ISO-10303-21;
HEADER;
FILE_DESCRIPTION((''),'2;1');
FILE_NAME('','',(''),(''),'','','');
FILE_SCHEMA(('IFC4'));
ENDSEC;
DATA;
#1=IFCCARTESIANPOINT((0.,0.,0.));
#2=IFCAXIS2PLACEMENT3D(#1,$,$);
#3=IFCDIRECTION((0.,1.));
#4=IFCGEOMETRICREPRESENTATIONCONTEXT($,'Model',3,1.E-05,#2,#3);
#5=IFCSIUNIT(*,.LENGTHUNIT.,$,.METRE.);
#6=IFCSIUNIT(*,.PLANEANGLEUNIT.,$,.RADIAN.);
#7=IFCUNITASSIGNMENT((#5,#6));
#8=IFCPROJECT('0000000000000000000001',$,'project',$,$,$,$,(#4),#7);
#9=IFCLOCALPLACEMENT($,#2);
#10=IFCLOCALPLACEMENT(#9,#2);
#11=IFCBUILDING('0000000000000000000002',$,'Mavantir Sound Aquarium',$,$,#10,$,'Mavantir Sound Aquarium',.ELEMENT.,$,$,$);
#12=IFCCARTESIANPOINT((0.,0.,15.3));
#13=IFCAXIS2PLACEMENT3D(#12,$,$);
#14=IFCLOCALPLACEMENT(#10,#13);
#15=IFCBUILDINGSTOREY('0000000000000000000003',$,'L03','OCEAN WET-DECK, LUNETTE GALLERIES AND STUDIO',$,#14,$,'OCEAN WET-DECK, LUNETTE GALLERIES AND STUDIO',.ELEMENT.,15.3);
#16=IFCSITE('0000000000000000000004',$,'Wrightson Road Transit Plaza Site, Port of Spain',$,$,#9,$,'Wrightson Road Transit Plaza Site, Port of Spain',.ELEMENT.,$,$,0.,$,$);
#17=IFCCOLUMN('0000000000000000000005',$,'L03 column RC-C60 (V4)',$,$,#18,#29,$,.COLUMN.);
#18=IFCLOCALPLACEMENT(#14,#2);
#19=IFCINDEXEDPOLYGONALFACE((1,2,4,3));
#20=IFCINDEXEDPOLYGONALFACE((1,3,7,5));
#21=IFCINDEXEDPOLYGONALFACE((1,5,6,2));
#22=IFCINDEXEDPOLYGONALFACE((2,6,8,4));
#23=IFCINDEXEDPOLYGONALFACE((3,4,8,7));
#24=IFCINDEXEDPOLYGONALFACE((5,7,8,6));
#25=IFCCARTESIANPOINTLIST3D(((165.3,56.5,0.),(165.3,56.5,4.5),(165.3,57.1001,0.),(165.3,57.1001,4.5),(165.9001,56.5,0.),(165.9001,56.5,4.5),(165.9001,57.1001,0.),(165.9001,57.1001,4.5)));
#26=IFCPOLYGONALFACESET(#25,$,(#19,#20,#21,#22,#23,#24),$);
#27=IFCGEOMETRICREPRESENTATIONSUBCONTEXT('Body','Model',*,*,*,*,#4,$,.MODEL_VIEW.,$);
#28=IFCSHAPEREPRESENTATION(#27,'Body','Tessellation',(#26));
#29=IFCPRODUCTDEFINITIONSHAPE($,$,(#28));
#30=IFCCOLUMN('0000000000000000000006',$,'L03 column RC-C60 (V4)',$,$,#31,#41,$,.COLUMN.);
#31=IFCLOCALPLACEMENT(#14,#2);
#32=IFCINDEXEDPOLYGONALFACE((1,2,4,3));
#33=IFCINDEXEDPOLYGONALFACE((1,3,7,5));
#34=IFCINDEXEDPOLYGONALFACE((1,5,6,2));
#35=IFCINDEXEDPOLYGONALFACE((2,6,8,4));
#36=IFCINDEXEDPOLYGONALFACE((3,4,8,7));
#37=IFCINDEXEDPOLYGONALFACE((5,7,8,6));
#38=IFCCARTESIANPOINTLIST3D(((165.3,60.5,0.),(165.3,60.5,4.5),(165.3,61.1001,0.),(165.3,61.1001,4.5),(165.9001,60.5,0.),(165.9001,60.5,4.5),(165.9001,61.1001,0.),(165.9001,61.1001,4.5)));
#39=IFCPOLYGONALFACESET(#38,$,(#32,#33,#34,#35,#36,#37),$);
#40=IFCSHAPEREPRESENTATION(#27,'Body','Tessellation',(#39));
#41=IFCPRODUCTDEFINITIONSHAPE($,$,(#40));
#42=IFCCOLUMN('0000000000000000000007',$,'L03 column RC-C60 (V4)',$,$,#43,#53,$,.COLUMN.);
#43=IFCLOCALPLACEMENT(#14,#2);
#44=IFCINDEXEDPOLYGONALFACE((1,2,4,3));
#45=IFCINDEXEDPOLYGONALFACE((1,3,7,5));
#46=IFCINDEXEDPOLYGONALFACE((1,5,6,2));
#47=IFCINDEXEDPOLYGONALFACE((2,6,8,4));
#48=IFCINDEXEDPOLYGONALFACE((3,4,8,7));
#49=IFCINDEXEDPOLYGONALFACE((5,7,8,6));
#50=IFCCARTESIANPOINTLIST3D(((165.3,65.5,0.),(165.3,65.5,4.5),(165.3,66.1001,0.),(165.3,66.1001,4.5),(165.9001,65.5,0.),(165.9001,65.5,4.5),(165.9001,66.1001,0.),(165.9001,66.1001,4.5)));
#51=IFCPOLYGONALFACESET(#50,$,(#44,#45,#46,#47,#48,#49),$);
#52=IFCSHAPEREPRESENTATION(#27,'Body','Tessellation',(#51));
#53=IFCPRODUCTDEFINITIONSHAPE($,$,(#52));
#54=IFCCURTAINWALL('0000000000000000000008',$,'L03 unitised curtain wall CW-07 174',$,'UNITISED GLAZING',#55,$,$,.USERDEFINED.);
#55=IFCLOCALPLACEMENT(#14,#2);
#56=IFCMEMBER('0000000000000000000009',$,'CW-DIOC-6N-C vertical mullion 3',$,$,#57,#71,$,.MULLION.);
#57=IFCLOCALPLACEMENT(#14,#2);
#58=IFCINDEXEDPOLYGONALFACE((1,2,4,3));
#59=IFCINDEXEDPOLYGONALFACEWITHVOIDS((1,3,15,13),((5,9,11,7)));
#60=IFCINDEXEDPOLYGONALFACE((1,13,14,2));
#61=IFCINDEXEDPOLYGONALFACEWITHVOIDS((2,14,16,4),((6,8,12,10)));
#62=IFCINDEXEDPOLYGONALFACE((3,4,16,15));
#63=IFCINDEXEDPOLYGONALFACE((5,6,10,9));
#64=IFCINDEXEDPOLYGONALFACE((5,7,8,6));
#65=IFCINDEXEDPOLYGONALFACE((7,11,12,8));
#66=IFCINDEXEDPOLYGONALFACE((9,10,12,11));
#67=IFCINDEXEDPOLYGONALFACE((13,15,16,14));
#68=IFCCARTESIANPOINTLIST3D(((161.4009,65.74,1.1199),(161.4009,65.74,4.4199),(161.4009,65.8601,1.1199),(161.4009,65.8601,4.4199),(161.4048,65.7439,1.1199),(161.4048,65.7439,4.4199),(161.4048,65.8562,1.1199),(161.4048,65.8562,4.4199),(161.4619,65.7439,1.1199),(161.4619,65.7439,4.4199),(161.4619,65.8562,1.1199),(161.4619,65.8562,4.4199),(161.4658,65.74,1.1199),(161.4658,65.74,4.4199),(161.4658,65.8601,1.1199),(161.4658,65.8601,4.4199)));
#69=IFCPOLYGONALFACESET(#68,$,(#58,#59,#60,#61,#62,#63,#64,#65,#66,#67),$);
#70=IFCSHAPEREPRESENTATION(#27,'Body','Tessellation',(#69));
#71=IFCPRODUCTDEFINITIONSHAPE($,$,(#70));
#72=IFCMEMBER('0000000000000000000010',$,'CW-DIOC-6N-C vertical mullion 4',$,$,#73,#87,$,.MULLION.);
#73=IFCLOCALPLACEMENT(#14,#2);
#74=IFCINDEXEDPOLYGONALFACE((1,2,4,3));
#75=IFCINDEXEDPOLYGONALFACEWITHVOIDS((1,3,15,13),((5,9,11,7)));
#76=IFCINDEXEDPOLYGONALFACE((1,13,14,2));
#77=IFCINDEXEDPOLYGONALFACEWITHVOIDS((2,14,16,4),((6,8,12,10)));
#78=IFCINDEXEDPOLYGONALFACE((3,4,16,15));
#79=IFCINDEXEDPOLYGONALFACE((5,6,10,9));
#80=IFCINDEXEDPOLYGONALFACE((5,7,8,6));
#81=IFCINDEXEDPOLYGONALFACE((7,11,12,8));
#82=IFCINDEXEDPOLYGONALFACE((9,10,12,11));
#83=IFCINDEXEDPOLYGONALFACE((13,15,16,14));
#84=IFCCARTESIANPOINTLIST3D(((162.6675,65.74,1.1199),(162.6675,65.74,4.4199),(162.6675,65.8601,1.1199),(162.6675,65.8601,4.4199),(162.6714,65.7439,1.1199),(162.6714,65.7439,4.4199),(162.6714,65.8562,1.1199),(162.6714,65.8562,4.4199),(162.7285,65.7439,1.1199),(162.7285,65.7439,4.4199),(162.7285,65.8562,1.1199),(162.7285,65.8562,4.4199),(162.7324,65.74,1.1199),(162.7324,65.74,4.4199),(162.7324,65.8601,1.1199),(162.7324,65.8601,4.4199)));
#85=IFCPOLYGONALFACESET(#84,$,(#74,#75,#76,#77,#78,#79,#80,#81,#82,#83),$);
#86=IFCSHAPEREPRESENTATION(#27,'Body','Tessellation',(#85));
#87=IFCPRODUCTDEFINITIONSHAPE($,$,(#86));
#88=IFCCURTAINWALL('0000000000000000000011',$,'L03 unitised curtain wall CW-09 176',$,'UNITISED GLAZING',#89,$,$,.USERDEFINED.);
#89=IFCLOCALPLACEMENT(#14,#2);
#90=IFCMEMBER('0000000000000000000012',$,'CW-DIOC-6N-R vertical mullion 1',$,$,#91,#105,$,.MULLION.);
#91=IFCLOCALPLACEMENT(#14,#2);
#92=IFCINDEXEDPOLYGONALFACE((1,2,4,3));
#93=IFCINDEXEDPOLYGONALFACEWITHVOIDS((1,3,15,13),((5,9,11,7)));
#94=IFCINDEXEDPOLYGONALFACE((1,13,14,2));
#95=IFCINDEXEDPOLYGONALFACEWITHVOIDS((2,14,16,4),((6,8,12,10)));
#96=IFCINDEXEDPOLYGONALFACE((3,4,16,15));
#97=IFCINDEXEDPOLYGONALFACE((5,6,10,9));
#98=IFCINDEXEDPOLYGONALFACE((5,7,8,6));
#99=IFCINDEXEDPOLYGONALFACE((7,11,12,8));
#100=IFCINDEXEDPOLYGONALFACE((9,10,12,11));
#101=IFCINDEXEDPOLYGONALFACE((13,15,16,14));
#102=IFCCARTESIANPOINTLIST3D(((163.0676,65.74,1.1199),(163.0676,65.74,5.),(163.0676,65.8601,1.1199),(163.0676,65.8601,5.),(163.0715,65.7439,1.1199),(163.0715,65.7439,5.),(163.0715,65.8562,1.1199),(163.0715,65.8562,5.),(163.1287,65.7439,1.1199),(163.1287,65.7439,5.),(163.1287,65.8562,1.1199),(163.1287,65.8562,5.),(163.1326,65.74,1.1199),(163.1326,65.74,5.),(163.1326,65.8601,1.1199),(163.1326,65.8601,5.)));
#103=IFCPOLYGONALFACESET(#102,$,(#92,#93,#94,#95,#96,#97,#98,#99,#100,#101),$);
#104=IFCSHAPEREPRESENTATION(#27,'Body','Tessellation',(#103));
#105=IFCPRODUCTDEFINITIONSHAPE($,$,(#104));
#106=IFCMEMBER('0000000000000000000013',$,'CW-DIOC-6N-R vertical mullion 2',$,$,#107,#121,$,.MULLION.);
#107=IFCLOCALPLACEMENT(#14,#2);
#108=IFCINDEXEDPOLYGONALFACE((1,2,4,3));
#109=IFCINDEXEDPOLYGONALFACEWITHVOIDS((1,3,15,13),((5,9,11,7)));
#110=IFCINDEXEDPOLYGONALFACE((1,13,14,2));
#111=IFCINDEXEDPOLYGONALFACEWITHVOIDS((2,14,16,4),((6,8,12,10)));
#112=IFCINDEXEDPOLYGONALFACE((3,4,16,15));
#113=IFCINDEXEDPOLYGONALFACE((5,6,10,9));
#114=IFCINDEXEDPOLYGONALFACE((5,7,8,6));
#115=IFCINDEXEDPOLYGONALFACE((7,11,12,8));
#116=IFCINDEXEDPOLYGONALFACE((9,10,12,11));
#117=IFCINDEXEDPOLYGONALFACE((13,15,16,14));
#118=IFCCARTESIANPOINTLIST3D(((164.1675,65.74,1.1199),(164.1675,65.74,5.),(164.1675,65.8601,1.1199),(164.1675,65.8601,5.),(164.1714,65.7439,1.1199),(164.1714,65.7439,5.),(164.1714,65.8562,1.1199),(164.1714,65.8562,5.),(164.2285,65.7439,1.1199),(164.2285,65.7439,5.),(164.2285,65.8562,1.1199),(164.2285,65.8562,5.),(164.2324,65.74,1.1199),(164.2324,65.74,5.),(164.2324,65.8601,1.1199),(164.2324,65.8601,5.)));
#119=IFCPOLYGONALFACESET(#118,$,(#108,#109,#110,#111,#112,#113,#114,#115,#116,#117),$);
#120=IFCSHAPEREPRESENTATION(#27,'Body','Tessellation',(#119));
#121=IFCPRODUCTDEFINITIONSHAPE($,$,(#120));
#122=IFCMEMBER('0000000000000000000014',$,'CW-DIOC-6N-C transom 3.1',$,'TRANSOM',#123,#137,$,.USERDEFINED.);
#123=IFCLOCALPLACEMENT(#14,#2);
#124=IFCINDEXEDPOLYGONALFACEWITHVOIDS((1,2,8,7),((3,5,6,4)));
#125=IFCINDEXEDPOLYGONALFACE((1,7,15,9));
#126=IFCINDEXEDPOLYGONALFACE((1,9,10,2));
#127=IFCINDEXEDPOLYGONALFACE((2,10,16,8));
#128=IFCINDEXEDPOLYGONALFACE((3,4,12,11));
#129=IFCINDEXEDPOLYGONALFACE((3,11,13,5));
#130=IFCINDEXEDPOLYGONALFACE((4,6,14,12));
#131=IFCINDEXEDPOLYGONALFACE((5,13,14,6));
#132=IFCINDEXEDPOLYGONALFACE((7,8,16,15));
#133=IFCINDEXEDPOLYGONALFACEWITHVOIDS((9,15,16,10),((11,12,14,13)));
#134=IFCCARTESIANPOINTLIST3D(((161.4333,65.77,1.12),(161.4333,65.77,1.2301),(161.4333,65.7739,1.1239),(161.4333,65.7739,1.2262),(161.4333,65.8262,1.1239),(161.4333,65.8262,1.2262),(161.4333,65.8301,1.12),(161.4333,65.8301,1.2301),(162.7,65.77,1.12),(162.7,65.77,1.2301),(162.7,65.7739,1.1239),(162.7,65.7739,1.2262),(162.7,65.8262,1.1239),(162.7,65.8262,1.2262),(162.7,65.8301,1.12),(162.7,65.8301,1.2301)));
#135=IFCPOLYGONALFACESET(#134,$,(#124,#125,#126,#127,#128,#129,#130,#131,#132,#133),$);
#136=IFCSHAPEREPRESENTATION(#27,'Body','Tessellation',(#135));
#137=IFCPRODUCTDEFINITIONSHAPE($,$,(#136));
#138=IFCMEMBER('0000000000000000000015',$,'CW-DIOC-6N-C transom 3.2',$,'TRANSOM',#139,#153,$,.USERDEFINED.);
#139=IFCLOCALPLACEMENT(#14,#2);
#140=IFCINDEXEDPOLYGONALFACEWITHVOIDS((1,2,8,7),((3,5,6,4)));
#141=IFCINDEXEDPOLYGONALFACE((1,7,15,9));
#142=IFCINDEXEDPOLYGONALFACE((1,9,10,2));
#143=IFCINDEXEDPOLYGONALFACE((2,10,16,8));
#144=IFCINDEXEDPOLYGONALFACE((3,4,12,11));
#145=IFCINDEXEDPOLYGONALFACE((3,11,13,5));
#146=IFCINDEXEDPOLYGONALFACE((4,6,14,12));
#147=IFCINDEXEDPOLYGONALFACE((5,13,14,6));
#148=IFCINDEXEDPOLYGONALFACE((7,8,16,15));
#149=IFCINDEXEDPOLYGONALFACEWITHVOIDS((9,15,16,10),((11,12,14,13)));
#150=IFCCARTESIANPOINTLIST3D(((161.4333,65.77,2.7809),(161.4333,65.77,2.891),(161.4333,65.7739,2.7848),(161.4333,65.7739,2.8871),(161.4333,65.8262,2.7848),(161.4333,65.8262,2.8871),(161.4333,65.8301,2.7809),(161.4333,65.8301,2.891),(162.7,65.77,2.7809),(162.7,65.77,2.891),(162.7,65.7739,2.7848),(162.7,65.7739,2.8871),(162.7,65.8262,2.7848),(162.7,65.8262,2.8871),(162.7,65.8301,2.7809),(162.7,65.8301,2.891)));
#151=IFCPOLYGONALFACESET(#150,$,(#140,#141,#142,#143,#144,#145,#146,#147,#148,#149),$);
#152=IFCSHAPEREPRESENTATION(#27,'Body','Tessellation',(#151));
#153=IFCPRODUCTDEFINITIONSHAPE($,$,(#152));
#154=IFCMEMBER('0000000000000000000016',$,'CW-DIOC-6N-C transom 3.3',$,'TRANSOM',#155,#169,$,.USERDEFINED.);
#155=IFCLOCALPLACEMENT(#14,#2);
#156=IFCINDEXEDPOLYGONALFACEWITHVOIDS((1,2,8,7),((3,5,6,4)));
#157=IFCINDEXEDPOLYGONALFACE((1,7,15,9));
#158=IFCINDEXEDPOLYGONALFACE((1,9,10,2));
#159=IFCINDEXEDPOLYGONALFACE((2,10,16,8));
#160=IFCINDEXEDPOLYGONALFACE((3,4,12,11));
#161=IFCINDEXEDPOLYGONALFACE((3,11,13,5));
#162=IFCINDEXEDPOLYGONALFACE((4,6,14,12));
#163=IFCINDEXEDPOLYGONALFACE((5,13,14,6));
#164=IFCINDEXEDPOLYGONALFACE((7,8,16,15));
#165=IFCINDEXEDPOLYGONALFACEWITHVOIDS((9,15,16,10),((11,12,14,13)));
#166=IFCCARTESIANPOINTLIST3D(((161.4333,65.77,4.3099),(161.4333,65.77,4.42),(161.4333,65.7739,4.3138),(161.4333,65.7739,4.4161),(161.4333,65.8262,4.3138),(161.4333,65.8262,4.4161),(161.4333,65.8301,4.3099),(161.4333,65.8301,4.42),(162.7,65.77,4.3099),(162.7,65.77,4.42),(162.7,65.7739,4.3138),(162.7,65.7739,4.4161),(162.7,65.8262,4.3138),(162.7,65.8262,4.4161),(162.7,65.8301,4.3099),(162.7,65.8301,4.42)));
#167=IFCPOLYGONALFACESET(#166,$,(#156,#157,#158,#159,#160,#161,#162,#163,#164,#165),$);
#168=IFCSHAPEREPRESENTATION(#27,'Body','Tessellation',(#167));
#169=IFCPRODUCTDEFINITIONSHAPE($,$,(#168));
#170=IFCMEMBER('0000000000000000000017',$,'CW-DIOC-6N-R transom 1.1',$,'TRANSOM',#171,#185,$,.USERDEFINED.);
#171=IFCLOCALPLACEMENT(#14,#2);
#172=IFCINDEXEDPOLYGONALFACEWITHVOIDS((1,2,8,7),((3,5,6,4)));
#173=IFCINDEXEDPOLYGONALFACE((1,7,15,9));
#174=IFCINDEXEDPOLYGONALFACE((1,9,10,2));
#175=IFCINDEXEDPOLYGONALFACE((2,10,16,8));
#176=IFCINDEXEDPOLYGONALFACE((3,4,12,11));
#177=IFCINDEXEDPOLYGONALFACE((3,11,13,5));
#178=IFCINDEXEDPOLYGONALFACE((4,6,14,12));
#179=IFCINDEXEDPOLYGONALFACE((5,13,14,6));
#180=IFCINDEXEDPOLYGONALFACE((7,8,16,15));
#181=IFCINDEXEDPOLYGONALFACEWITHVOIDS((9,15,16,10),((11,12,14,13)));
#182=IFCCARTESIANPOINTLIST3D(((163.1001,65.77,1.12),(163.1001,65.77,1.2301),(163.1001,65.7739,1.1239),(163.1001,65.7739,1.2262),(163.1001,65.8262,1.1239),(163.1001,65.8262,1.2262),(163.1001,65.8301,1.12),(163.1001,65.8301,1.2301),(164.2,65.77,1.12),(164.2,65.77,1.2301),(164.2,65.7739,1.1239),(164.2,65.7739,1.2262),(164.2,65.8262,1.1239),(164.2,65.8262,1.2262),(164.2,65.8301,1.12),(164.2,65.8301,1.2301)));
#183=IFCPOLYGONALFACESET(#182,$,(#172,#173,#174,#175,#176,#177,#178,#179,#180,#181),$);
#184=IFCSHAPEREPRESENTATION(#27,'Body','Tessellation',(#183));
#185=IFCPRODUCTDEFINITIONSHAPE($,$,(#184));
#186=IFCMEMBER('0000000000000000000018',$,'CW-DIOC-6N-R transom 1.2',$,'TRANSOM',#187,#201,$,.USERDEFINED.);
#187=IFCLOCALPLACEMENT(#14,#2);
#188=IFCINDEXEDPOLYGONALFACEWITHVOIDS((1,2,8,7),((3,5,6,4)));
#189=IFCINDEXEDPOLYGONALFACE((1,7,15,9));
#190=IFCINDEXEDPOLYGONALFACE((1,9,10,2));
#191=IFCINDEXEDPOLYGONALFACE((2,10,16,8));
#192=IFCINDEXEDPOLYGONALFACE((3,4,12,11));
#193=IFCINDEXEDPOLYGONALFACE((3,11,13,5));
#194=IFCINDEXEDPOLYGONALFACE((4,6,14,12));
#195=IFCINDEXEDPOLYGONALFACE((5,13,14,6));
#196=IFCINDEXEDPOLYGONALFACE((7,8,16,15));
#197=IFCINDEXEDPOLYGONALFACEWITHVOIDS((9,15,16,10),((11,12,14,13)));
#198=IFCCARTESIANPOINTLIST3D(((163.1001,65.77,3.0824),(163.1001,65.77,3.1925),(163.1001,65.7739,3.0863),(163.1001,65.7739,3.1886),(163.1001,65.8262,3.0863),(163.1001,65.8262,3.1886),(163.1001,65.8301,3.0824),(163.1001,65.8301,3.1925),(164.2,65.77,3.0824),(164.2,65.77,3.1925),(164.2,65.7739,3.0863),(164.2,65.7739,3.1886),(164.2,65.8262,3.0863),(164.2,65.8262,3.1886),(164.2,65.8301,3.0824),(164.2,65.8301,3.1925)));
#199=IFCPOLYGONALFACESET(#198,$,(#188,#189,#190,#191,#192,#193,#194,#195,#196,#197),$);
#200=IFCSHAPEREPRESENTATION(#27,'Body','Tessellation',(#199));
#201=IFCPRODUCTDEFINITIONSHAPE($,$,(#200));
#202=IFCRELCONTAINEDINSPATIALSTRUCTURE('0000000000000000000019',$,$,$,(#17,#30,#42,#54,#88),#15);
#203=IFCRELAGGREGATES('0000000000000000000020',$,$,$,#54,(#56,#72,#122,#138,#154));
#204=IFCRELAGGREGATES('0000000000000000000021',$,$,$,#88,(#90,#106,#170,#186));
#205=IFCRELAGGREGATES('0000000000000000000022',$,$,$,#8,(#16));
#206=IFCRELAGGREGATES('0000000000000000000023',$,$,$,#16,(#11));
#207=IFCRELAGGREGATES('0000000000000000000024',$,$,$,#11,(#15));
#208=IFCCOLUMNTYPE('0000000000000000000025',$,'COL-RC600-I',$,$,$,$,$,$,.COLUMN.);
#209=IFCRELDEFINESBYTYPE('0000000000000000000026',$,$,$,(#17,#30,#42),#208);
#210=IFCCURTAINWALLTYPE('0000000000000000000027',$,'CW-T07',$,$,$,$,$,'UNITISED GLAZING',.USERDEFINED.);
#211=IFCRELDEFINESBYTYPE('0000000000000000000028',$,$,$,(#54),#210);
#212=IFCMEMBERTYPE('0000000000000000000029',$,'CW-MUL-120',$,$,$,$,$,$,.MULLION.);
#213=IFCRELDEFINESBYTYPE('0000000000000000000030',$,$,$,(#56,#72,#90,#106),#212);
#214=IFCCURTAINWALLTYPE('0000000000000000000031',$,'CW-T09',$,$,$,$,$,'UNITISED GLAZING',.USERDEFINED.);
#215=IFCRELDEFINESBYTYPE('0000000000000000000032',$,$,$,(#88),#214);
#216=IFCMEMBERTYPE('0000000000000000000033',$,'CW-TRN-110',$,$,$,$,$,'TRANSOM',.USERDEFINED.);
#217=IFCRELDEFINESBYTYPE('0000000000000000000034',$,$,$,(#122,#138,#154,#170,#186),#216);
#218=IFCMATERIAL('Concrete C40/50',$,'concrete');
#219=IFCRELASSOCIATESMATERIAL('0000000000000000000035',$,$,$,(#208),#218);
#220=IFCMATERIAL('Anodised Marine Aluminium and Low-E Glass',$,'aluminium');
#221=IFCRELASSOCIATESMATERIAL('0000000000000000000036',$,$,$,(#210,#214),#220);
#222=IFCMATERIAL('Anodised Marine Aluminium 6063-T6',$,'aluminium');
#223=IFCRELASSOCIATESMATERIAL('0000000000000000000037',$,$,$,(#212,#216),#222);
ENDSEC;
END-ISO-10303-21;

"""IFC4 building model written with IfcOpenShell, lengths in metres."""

from ifc_helpers import new_model, si_unit, direction, frame, origin, origin_2d, place, context, subcontext, project, spatial, rectangle, hollow_rectangle, extrude, material, material_profile, profile_set, type_object, element, aggregate, save


model = new_model("IFC4")

# Units and contexts
model_context = context("Model", 3, precision=1e-05, world=origin(), true_north=direction((0.0, 1.0)))
body_context = subcontext(model_context, "Body", "Model", "MODEL_VIEW")
ifc_project = project(units=[si_unit("LENGTHUNIT", "METRE"), si_unit("PLANEANGLEUNIT", "RADIAN")], contexts=[model_context])

# Site, building, storey
site_placement = place(None, origin())
site = spatial("IfcSite", under=ifc_project, at=site_placement, Name="Wrightson Road Transit Plaza Site, Port of Spain", LongName="Wrightson Road Transit Plaza Site, Port of Spain", CompositionType="ELEMENT", RefElevation=0.0)
building_placement = place(site_placement, origin())
building = spatial("IfcBuilding", under=site, at=building_placement, Name="Mavantir Sound Aquarium", LongName="Mavantir Sound Aquarium", CompositionType="ELEMENT")
storey_placement = place(building_placement, frame((0.0, 0.0, 15.3)))
storey = spatial("IfcBuildingStorey", under=building, at=storey_placement, Name="L03", Description="OCEAN WET-DECK, LUNETTE GALLERIES AND STUDIO", LongName="OCEAN WET-DECK, LUNETTE GALLERIES AND STUDIO", CompositionType="ELEMENT", Elevation=15.3)

# Columns
ifc_material_1 = material(Name="Concrete C40/50", Category="concrete")
ifc_material_profile_1 = material_profile(ifc_material_1, rectangle(XDim=0.6001, YDim=0.6001, at=origin_2d()), Name="RC 600X600")
ifc_profile_set_1 = profile_set([ifc_material_profile_1], Name="Concrete C40/50")
column_type = type_object("IfcColumnType", Name="COL-RC600-I", PredefinedType="COLUMN", material=ifc_profile_set_1)
for number, where, z_axis, x_axis, name in (
    (1, (165.6001, 56.8, 0.0), (0.0, 0.0, 1.0), (1.0, 0.0, 0.0), "L03 column RC-C60 (V4)"),
    (2, (165.6001, 60.8, 0.0), (0.0, 0.0, 1.0), (1.0, 0.0, 0.0), "L03 column RC-C60 (V4)"),
    (3, (165.6001, 65.8, 0.0), (0.0, 0.0, 1.0), (1.0, 0.0, 0.0), "L03 column RC-C60 (V4)"),
):
    element("IfcColumn", number, at=place(storey_placement, frame(where, z_axis=z_axis, x_axis=x_axis)), inside=storey, type_object=column_type, Name=name, PredefinedType="COLUMN", context=body_context, shape_type="SweptSolid", body=[
        extrude(rectangle(XDim=0.6001, YDim=0.6001, at=origin_2d()), origin(), (0.0, 0.0, 1.0), 4.5),
    ])

# Curtain walls, members
ifc_material_2 = material(Name="Anodised Marine Aluminium and Low-E Glass", Category="aluminium")
curtain_wall_type_1 = type_object("IfcCurtainWallType", Name="CW-T07", ElementType="UNITISED GLAZING", PredefinedType="USERDEFINED", material=ifc_material_2)
curtain_wall_1_placement = place(storey_placement, origin())
curtain_wall_1 = element("IfcCurtainWall", 4, at=curtain_wall_1_placement, inside=storey, type_object=curtain_wall_type_1, Name="L03 unitised curtain wall CW-07 174", ObjectType="UNITISED GLAZING", PredefinedType="USERDEFINED")
ifc_material_3 = material(Name="Anodised Marine Aluminium 6063-T6", Category="aluminium")
ifc_material_profile_2 = material_profile(ifc_material_3, hollow_rectangle(XDim=0.0649, YDim=0.1201, WallThickness=0.0039, at=origin_2d()), Name="ALU-MULLION-120X65")
ifc_profile_set_2 = profile_set([ifc_material_profile_2], Name="Anodised Marine Aluminium 6063-T6")
member_type_1 = type_object("IfcMemberType", Name="CW-MUL-120", PredefinedType="MULLION", material=ifc_profile_set_2)
member_1_placement = place(storey_placement, frame((161.4333, 65.8, 1.1199), z_axis=(0.0, 0.0, 1.0), x_axis=(1.0, 0.0, 0.0)))
member_1 = element("IfcMember", 5, at=member_1_placement, type_object=member_type_1, Name="CW-DIOC-6N-C vertical mullion 3", PredefinedType="MULLION", context=body_context, shape_type="SweptSolid", body=[
    extrude(hollow_rectangle(XDim=0.0649, YDim=0.1201, WallThickness=0.0039, at=origin_2d()), origin(), (0.0, 0.0, 1.0), 3.3),
])
member_2_placement = place(storey_placement, frame((162.7, 65.8, 1.1199), z_axis=(0.0, 0.0, 1.0), x_axis=(1.0, 0.0, 0.0)))
member_2 = element("IfcMember", 6, at=member_2_placement, type_object=member_type_1, Name="CW-DIOC-6N-C vertical mullion 4", PredefinedType="MULLION", context=body_context, shape_type="SweptSolid", body=[
    extrude(hollow_rectangle(XDim=0.0649, YDim=0.1201, WallThickness=0.0039, at=origin_2d()), origin(), (0.0, 0.0, 1.0), 3.3),
])
curtain_wall_type_2 = type_object("IfcCurtainWallType", Name="CW-T09", ElementType="UNITISED GLAZING", PredefinedType="USERDEFINED", material=ifc_material_2)
curtain_wall_2_placement = place(storey_placement, origin())
curtain_wall_2 = element("IfcCurtainWall", 7, at=curtain_wall_2_placement, inside=storey, type_object=curtain_wall_type_2, Name="L03 unitised curtain wall CW-09 176", ObjectType="UNITISED GLAZING", PredefinedType="USERDEFINED")
member_3_placement = place(storey_placement, frame((163.1001, 65.8, 1.1199), z_axis=(0.0, 0.0, 1.0), x_axis=(1.0, 0.0, 0.0)))
member_3 = element("IfcMember", 8, at=member_3_placement, type_object=member_type_1, Name="CW-DIOC-6N-R vertical mullion 1", PredefinedType="MULLION", context=body_context, shape_type="SweptSolid", body=[
    extrude(hollow_rectangle(XDim=0.0649, YDim=0.1201, WallThickness=0.0039, at=origin_2d()), origin(), (0.0, 0.0, 1.0), 3.8801),
])
member_4_placement = place(storey_placement, frame((164.2, 65.8, 1.1199), z_axis=(0.0, 0.0, 1.0), x_axis=(1.0, 0.0, 0.0)))
member_4 = element("IfcMember", 9, at=member_4_placement, type_object=member_type_1, Name="CW-DIOC-6N-R vertical mullion 2", PredefinedType="MULLION", context=body_context, shape_type="SweptSolid", body=[
    extrude(hollow_rectangle(XDim=0.0649, YDim=0.1201, WallThickness=0.0039, at=origin_2d()), origin(), (0.0, 0.0, 1.0), 3.8801),
])

# Members
ifc_material_profile_3 = material_profile(ifc_material_3, hollow_rectangle(XDim=0.0601, YDim=0.1101, WallThickness=0.0039, at=origin_2d()), Name="ALU-TRANSOM-110X60")
ifc_profile_set_3 = profile_set([ifc_material_profile_3], Name="Anodised Marine Aluminium 6063-T6")
member_type_2 = type_object("IfcMemberType", Name="CW-TRN-110", ElementType="TRANSOM", PredefinedType="USERDEFINED", material=ifc_profile_set_3)
member_5_placement = place(storey_placement, frame((161.4333, 65.8, 1.175), z_axis=(1.0, 0.0, 0.0), x_axis=(0.0, 1.0, 0.0)))
member_5 = element("IfcMember", 10, at=member_5_placement, type_object=member_type_2, Name="CW-DIOC-6N-C transom 3.1", ObjectType="TRANSOM", PredefinedType="USERDEFINED", context=body_context, shape_type="SweptSolid", body=[
    extrude(hollow_rectangle(XDim=0.0601, YDim=0.1101, WallThickness=0.0039, at=origin_2d()), origin(), (0.0, 0.0, 1.0), 1.2666),
])
member_6_placement = place(storey_placement, frame((161.4333, 65.8, 2.8359), z_axis=(1.0, 0.0, 0.0), x_axis=(0.0, 1.0, 0.0)))
member_6 = element("IfcMember", 11, at=member_6_placement, type_object=member_type_2, Name="CW-DIOC-6N-C transom 3.2", ObjectType="TRANSOM", PredefinedType="USERDEFINED", context=body_context, shape_type="SweptSolid", body=[
    extrude(hollow_rectangle(XDim=0.0601, YDim=0.1101, WallThickness=0.0039, at=origin_2d()), origin(), (0.0, 0.0, 1.0), 1.2666),
])
member_7_placement = place(storey_placement, frame((161.4333, 65.8, 4.365), z_axis=(1.0, 0.0, 0.0), x_axis=(0.0, 1.0, 0.0)))
member_7 = element("IfcMember", 12, at=member_7_placement, type_object=member_type_2, Name="CW-DIOC-6N-C transom 3.3", ObjectType="TRANSOM", PredefinedType="USERDEFINED", context=body_context, shape_type="SweptSolid", body=[
    extrude(hollow_rectangle(XDim=0.0601, YDim=0.1101, WallThickness=0.0039, at=origin_2d()), origin(), (0.0, 0.0, 1.0), 1.2666),
])
member_8_placement = place(storey_placement, frame((163.1001, 65.8, 1.175), z_axis=(1.0, 0.0, 0.0), x_axis=(0.0, 1.0, 0.0)))
member_8 = element("IfcMember", 13, at=member_8_placement, type_object=member_type_2, Name="CW-DIOC-6N-R transom 1.1", ObjectType="TRANSOM", PredefinedType="USERDEFINED", context=body_context, shape_type="SweptSolid", body=[
    extrude(hollow_rectangle(XDim=0.0601, YDim=0.1101, WallThickness=0.0039, at=origin_2d()), origin(), (0.0, 0.0, 1.0), 1.0999),
])
member_9_placement = place(storey_placement, frame((163.1001, 65.8, 3.1375), z_axis=(1.0, 0.0, 0.0), x_axis=(0.0, 1.0, 0.0)))
member_9 = element("IfcMember", 14, at=member_9_placement, type_object=member_type_2, Name="CW-DIOC-6N-R transom 1.2", ObjectType="TRANSOM", PredefinedType="USERDEFINED", context=body_context, shape_type="SweptSolid", body=[
    extrude(hollow_rectangle(XDim=0.0601, YDim=0.1101, WallThickness=0.0039, at=origin_2d()), origin(), (0.0, 0.0, 1.0), 1.0999),
])

aggregate(curtain_wall_1, [member_1, member_2, member_5, member_6, member_7])
aggregate(curtain_wall_2, [member_3, member_4, member_8, member_9])

save(model, "model.ifc")
